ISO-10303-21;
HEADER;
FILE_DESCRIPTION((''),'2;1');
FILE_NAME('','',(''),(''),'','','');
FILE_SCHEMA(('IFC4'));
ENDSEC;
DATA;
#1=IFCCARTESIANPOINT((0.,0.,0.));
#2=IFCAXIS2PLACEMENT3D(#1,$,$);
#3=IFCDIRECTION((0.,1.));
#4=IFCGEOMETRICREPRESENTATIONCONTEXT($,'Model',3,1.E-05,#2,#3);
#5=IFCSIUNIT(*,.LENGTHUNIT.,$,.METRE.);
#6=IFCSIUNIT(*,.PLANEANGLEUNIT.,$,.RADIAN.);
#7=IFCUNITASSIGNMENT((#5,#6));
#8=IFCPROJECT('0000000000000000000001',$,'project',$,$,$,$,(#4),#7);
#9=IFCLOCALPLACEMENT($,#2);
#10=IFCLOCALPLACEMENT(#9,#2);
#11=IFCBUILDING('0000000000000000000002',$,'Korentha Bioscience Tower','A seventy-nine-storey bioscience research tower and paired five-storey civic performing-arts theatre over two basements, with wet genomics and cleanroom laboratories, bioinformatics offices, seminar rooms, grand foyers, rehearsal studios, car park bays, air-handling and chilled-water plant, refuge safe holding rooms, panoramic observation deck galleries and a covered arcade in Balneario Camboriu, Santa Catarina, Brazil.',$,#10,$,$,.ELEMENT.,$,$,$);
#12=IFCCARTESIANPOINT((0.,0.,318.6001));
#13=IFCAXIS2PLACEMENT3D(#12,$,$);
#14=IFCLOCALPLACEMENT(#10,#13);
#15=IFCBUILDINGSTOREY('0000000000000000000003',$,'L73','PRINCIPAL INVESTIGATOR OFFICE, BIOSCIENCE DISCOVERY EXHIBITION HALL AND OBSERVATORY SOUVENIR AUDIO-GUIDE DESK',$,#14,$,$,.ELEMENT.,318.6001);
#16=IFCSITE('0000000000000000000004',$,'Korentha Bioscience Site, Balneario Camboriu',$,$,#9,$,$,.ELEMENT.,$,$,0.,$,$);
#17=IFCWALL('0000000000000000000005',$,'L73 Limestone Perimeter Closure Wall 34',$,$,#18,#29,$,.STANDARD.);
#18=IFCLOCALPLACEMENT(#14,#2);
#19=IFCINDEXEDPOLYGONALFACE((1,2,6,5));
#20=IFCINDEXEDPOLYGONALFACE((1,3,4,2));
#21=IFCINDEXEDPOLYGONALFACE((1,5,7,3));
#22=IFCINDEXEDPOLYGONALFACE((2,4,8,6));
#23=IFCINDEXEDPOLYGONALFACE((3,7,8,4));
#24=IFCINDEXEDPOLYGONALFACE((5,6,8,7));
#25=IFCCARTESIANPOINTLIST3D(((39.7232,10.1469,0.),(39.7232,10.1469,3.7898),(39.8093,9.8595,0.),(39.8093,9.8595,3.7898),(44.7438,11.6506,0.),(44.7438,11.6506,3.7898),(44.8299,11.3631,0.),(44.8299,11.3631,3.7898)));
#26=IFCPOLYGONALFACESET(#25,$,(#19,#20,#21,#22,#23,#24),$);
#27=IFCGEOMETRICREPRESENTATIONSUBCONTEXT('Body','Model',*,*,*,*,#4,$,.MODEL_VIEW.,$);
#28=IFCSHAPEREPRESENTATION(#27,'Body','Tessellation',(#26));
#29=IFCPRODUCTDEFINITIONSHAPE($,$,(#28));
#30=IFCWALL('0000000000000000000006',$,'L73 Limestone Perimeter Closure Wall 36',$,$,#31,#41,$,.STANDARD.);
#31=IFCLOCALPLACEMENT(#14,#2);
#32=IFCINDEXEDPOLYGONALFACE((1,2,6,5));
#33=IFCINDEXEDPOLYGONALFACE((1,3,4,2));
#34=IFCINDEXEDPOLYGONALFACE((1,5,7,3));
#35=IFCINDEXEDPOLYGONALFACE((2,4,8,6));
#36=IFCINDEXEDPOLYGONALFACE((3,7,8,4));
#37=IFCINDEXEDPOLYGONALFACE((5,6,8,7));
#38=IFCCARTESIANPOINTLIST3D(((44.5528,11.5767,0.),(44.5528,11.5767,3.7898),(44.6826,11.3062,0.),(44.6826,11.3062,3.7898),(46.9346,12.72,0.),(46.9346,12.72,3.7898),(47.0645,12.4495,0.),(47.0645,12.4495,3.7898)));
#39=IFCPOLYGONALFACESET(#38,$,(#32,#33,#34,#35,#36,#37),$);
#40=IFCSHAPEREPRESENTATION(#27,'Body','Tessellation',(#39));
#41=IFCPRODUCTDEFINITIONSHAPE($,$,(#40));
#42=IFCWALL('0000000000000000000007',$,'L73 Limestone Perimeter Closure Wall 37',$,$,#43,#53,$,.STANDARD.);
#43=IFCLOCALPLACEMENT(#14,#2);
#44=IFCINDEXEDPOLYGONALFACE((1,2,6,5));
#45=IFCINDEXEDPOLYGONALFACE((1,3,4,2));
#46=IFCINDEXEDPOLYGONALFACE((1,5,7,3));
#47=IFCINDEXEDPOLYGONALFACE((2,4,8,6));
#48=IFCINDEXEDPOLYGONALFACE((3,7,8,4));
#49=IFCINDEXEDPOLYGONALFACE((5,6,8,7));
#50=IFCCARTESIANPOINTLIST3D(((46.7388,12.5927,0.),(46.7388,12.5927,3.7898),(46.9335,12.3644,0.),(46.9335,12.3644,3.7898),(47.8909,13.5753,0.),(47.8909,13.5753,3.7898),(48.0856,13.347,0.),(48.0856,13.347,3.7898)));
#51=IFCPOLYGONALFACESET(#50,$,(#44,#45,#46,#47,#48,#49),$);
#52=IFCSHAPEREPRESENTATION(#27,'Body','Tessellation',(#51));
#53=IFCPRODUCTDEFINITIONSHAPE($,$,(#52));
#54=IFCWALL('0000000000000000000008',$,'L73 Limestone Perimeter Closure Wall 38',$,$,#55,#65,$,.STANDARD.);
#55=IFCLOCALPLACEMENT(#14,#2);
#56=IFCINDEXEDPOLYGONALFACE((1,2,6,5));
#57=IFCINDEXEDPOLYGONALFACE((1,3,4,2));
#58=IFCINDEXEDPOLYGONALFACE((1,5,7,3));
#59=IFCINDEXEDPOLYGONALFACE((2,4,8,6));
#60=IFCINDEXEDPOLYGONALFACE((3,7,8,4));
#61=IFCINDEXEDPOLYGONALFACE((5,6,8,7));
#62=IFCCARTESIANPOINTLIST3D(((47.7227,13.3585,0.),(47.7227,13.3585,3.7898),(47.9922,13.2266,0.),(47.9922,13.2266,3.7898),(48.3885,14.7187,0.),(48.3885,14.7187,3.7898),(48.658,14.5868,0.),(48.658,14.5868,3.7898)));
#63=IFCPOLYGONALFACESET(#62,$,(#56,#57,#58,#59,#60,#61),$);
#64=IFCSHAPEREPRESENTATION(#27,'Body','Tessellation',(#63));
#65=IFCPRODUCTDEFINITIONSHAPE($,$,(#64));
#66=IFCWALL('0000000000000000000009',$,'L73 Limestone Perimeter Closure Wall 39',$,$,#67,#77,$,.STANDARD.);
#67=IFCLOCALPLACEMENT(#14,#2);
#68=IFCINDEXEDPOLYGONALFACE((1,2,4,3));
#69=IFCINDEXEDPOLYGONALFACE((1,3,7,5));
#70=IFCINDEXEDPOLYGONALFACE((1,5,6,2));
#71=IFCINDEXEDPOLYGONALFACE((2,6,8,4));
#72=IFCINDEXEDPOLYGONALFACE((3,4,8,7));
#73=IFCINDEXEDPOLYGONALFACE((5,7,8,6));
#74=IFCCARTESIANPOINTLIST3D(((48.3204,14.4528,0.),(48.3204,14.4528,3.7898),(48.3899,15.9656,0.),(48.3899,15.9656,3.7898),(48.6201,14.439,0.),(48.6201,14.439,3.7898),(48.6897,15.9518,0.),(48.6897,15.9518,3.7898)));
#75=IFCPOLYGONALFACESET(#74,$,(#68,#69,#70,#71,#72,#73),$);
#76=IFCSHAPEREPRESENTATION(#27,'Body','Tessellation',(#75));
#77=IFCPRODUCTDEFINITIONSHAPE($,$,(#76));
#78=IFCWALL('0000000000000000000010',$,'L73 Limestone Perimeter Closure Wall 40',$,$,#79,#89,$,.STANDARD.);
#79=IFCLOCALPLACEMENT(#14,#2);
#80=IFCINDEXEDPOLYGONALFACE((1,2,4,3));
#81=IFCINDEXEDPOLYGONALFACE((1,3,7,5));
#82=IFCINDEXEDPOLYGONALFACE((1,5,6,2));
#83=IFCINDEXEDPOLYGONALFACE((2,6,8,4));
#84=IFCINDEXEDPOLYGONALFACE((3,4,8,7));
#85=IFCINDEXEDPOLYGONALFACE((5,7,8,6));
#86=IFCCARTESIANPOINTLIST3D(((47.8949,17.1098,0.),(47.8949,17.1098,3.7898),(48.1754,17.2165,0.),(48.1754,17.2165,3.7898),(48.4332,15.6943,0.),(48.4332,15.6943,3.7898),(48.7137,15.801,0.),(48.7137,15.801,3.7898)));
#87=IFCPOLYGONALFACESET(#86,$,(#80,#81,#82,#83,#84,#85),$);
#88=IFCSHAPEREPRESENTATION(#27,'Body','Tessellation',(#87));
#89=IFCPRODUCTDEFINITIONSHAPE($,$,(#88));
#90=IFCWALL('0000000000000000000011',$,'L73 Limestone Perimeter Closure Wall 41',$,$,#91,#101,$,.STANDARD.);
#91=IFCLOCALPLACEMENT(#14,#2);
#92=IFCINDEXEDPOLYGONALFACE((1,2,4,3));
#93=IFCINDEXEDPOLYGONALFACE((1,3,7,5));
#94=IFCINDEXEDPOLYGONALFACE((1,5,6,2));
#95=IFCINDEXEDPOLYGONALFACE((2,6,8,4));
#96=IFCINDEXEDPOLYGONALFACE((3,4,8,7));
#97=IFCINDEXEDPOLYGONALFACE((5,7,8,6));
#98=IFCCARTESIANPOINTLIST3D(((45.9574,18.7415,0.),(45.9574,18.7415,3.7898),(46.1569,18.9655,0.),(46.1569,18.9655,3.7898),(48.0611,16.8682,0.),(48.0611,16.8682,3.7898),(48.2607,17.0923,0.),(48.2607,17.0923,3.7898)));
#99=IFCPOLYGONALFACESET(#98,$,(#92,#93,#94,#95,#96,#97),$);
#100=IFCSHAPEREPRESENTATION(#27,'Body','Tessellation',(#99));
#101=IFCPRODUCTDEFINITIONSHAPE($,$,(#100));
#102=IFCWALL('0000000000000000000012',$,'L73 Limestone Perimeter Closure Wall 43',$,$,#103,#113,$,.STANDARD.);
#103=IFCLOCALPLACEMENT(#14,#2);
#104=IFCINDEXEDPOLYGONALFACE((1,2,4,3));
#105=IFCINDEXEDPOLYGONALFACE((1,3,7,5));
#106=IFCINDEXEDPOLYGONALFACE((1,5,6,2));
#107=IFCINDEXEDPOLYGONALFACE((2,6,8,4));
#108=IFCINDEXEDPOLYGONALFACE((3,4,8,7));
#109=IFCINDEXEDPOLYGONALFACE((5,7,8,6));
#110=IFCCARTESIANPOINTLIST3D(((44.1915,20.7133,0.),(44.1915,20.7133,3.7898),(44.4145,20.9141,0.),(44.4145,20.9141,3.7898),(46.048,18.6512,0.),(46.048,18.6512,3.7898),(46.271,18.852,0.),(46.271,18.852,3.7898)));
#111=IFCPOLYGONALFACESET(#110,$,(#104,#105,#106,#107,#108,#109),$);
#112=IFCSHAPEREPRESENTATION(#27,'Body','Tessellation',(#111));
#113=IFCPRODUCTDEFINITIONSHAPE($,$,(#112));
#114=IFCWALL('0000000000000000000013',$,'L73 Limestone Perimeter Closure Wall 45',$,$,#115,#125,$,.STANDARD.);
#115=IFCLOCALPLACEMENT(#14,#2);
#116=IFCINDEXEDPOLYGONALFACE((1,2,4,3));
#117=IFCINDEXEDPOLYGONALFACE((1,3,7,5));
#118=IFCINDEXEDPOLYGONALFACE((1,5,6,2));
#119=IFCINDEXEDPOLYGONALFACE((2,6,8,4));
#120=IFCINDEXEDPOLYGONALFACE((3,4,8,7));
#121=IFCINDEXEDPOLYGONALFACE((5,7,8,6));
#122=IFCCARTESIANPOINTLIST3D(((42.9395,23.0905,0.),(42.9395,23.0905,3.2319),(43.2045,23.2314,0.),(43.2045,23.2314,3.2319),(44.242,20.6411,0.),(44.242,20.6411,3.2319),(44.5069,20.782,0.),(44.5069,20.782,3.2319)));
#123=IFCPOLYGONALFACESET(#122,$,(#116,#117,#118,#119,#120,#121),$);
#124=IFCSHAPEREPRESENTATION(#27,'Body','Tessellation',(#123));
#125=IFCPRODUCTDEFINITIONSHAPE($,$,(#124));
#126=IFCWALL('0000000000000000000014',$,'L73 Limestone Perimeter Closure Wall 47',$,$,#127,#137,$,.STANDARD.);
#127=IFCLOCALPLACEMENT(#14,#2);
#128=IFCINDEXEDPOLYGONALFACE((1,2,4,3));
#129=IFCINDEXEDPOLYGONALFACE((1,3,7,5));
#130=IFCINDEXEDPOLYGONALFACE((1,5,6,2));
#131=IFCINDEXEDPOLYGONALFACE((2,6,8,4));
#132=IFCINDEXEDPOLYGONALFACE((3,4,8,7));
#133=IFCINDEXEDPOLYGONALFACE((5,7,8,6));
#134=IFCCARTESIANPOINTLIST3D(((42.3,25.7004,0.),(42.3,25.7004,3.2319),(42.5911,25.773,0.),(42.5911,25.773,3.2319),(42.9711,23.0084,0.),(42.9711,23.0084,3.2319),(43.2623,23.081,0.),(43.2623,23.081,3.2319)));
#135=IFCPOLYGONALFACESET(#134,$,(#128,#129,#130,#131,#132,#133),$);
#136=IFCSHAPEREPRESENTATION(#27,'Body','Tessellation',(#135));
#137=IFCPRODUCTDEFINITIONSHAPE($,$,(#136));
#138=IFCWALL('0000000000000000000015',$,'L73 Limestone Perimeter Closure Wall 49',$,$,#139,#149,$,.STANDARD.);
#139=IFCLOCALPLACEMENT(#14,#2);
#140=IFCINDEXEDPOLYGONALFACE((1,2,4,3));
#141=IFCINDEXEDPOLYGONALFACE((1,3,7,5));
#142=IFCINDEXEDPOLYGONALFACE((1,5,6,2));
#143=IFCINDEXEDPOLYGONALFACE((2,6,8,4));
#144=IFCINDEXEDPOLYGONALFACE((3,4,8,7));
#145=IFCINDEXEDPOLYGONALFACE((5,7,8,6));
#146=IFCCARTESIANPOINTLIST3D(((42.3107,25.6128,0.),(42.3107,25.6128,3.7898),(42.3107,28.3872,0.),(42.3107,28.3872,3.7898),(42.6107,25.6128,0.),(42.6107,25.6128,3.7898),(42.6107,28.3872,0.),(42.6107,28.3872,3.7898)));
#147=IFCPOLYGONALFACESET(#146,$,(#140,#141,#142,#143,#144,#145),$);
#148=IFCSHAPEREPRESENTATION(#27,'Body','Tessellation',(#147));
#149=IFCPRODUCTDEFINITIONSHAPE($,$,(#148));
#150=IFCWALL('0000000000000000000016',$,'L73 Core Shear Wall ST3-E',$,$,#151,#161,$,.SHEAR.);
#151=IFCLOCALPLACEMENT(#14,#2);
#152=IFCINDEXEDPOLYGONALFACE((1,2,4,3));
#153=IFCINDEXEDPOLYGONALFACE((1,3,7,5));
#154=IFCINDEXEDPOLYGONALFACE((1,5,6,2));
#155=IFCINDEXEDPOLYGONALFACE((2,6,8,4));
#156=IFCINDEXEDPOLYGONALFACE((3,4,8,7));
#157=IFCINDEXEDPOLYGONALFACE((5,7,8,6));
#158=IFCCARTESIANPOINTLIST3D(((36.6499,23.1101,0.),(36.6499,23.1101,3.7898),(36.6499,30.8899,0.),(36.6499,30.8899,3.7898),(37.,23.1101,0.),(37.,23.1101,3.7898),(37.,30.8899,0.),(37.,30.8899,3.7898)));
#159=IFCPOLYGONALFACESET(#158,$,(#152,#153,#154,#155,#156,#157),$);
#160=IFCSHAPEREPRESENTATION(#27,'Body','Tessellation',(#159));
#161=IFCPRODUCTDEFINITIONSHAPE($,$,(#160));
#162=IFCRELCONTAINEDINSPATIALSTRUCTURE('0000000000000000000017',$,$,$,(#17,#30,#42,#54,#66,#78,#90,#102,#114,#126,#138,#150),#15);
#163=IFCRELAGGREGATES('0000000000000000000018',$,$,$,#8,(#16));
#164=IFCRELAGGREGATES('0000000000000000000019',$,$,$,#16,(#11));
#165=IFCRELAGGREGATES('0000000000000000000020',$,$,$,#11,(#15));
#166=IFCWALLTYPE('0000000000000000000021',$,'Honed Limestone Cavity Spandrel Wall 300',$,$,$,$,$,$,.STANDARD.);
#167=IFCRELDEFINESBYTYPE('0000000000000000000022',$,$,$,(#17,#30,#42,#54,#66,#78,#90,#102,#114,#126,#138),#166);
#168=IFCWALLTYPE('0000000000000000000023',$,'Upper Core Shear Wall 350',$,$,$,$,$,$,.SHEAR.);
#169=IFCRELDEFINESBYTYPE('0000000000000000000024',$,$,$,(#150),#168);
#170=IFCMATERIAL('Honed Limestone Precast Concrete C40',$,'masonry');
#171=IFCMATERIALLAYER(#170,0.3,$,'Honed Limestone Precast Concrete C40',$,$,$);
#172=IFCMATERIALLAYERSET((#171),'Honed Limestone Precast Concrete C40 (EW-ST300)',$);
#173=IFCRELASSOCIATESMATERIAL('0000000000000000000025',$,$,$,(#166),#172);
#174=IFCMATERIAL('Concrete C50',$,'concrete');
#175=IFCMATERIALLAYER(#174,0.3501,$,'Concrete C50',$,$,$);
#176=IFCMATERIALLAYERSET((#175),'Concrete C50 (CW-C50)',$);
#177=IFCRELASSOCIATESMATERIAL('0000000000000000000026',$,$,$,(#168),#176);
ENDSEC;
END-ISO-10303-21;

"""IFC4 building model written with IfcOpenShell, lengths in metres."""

from ifc_helpers import new_model, si_unit, direction, frame, frame_2d, origin, place, context, subcontext, project, spatial, rectangle, extrude, material, layer, layer_set, type_object, element, save


model = new_model("IFC4")

# Units and contexts
model_context = context("Model", 3, precision=1e-05, world=origin(), true_north=direction((0.0, 1.0)))
body_context = subcontext(model_context, "Body", "Model", "MODEL_VIEW")
ifc_project = project(units=[si_unit("LENGTHUNIT", "METRE"), si_unit("PLANEANGLEUNIT", "RADIAN")], contexts=[model_context])

# Site, building, storey
site_placement = place(None, origin())
site = spatial("IfcSite", under=ifc_project, at=site_placement, Name="Korentha Bioscience Site, Balneario Camboriu", CompositionType="ELEMENT", RefElevation=0.0)
building_placement = place(site_placement, origin())
building = spatial("IfcBuilding", under=site, at=building_placement, Name="Korentha Bioscience Tower", Description="A seventy-nine-storey bioscience research tower and paired five-storey civic performing-arts theatre over two basements, with wet genomics and cleanroom laboratories, bioinformatics offices, seminar rooms, grand foyers, rehearsal studios, car park bays, air-handling and chilled-water plant, refuge safe holding rooms, panoramic observation deck galleries and a covered arcade in Balneario Camboriu, Santa Catarina, Brazil.", CompositionType="ELEMENT")
storey_placement = place(building_placement, frame((0.0, 0.0, 318.6001)))
storey = spatial("IfcBuildingStorey", under=building, at=storey_placement, Name="L73", Description="PRINCIPAL INVESTIGATOR OFFICE, BIOSCIENCE DISCOVERY EXHIBITION HALL AND OBSERVATORY SOUVENIR AUDIO-GUIDE DESK", CompositionType="ELEMENT", Elevation=318.6001)

# Shared definitions
ifc_material_1 = material(Name="Concrete C50", Category="concrete")

# Walls
ifc_material_2 = material(Name="Honed Limestone Precast Concrete C40", Category="masonry")
ifc_layer_1 = layer(ifc_material_2, 0.3, Name="Honed Limestone Precast Concrete C40")
ifc_layer_set_1 = layer_set([ifc_layer_1], Name="Honed Limestone Precast Concrete C40 (EW-ST300)")
wall_type_1 = type_object("IfcWallType", Name="Honed Limestone Cavity Spandrel Wall 300", PredefinedType="STANDARD", material=ifc_layer_set_1)
wall_1_placement = place(storey_placement, frame((39.7661, 10.0032, 0.0), z_axis=(0.0, 0.0, 1.0), x_axis=(0.957961, 0.286899, 0.0)))
element("IfcWall", 1, at=wall_1_placement, inside=storey, type_object=wall_type_1, Name="L73 Limestone Perimeter Closure Wall 34", PredefinedType="STANDARD", context=body_context, shape_type="SweptSolid", body=[
    extrude(rectangle(XDim=5.241, YDim=0.3, at=frame_2d((2.6206, 0.0))), origin(), (0.0, 0.0, 1.0), 3.7898),
])
wall_2_placement = place(storey_placement, frame((44.6177, 11.4414, 0.0), z_axis=(0.0, 0.0, 1.0), x_axis=(0.901519, 0.43274, 0.0)))
element("IfcWall", 2, at=wall_2_placement, inside=storey, type_object=wall_type_1, Name="L73 Limestone Perimeter Closure Wall 36", PredefinedType="STANDARD", context=body_context, shape_type="SweptSolid", body=[
    extrude(rectangle(XDim=2.6421, YDim=0.3, at=frame_2d((1.321, 0.0))), origin(), (0.0, 0.0, 1.0), 3.7898),
])
wall_3_placement = place(storey_placement, frame((46.8362, 12.4785, 0.0), z_axis=(0.0, 0.0, 1.0), x_axis=(0.760836, 0.648944, 0.0)))
element("IfcWall", 3, at=wall_3_placement, inside=storey, type_object=wall_type_1, Name="L73 Limestone Perimeter Closure Wall 37", PredefinedType="STANDARD", context=body_context, shape_type="SweptSolid", body=[
    extrude(rectangle(XDim=1.5142, YDim=0.3, at=frame_2d((0.7571, 0.0))), origin(), (0.0, 0.0, 1.0), 3.7898),
])
for number, where, z_axis, x_axis, name in (
    (4, (47.8574, 13.2925, 0.0), (0.0, 0.0, 1.0), (0.439652, 0.898168, 0.0), "L73 Limestone Perimeter Closure Wall 38"),
    (5, (48.4702, 14.4458, 0.0), (0.0, 0.0, 1.0), (0.045949, 0.998944, 0.0), "L73 Limestone Perimeter Closure Wall 39"),
    (6, (48.5735, 15.7476, 0.0), (0.0, 0.0, 1.0), (-0.355466, 0.934689, 0.0), "L73 Limestone Perimeter Closure Wall 40"),
):
    element("IfcWall", number, at=place(storey_placement, frame(where, z_axis=z_axis, x_axis=x_axis)), inside=storey, type_object=wall_type_1, Name=name, PredefinedType="STANDARD", context=body_context, shape_type="SweptSolid", body=[
        extrude(rectangle(XDim=1.5144, YDim=0.3, at=frame_2d((0.7573, 0.0))), origin(), (0.0, 0.0, 1.0), 3.7898),
    ])
wall_4_placement = place(storey_placement, frame((48.1609, 16.9802, 0.0), z_axis=(0.0, 0.0, 1.0), x_axis=(-0.74683, 0.665015, 0.0)))
element("IfcWall", 7, at=wall_4_placement, inside=storey, type_object=wall_type_1, Name="L73 Limestone Perimeter Closure Wall 41", PredefinedType="STANDARD", context=body_context, shape_type="SweptSolid", body=[
    extrude(rectangle(XDim=2.8169, YDim=0.3, at=frame_2d((1.4084, 0.0))), origin(), (0.0, 0.0, 1.0), 3.7898),
])
wall_5_placement = place(storey_placement, frame((46.1594, 18.7517, 0.0), z_axis=(0.0, 0.0, 1.0), x_axis=(-0.669091, 0.74318, 0.0)))
element("IfcWall", 8, at=wall_5_placement, inside=storey, type_object=wall_type_1, Name="L73 Limestone Perimeter Closure Wall 43", PredefinedType="STANDARD", context=body_context, shape_type="SweptSolid", body=[
    extrude(rectangle(XDim=2.7747, YDim=0.3, at=frame_2d((1.3872, 0.0))), origin(), (0.0, 0.0, 1.0), 3.7898),
])
wall_6_placement = place(storey_placement, frame((44.3745, 20.7114, 0.0), z_axis=(0.0, 0.0, 1.0), x_axis=(-0.469496, 0.882934, 0.0)))
element("IfcWall", 9, at=wall_6_placement, inside=storey, type_object=wall_type_1, Name="L73 Limestone Perimeter Closure Wall 45", PredefinedType="STANDARD", context=body_context, shape_type="SweptSolid", body=[
    extrude(rectangle(XDim=2.7742, YDim=0.3, at=frame_2d((1.3872, 0.0))), origin(), (0.0, 0.0, 1.0), 3.2319),
])
wall_7_placement = place(storey_placement, frame((43.1167, 23.0447, 0.0), z_axis=(0.0, 0.0, 1.0), x_axis=(-0.241914, 0.970298, 0.0)))
element("IfcWall", 10, at=wall_7_placement, inside=storey, type_object=wall_type_1, Name="L73 Limestone Perimeter Closure Wall 47", PredefinedType="STANDARD", context=body_context, shape_type="SweptSolid", body=[
    extrude(rectangle(XDim=2.7744, YDim=0.3, at=frame_2d((1.3872, 0.0))), origin(), (0.0, 0.0, 1.0), 3.2319),
])
wall_8_placement = place(storey_placement, frame((42.4607, 25.6128, 0.0), z_axis=(0.0, 0.0, 1.0), x_axis=(0.0, 1.0, 0.0)))
element("IfcWall", 11, at=wall_8_placement, inside=storey, type_object=wall_type_1, Name="L73 Limestone Perimeter Closure Wall 49", PredefinedType="STANDARD", context=body_context, shape_type="SweptSolid", body=[
    extrude(rectangle(XDim=2.7744, YDim=0.3, at=frame_2d((1.3872, 0.0))), origin(), (0.0, 0.0, 1.0), 3.7898),
])
ifc_layer_2 = layer(ifc_material_1, 0.3501, Name="Concrete C50")
ifc_layer_set_2 = layer_set([ifc_layer_2], Name="Concrete C50 (CW-C50)")
wall_type_2 = type_object("IfcWallType", Name="Upper Core Shear Wall 350", PredefinedType="SHEAR", material=ifc_layer_set_2)
wall_9_placement = place(storey_placement, frame((36.825, 23.1101, 0.0), z_axis=(0.0, 0.0, 1.0), x_axis=(0.0, 1.0, 0.0)))
element("IfcWall", 12, at=wall_9_placement, inside=storey, type_object=wall_type_2, Name="L73 Core Shear Wall ST3-E", PredefinedType="SHEAR", context=body_context, shape_type="SweptSolid", body=[
    extrude(rectangle(XDim=7.7798, YDim=0.3501, at=frame_2d((3.8899, 0.0))), origin(), (0.0, 0.0, 1.0), 3.7898),
])

save(model, "model.ifc")
